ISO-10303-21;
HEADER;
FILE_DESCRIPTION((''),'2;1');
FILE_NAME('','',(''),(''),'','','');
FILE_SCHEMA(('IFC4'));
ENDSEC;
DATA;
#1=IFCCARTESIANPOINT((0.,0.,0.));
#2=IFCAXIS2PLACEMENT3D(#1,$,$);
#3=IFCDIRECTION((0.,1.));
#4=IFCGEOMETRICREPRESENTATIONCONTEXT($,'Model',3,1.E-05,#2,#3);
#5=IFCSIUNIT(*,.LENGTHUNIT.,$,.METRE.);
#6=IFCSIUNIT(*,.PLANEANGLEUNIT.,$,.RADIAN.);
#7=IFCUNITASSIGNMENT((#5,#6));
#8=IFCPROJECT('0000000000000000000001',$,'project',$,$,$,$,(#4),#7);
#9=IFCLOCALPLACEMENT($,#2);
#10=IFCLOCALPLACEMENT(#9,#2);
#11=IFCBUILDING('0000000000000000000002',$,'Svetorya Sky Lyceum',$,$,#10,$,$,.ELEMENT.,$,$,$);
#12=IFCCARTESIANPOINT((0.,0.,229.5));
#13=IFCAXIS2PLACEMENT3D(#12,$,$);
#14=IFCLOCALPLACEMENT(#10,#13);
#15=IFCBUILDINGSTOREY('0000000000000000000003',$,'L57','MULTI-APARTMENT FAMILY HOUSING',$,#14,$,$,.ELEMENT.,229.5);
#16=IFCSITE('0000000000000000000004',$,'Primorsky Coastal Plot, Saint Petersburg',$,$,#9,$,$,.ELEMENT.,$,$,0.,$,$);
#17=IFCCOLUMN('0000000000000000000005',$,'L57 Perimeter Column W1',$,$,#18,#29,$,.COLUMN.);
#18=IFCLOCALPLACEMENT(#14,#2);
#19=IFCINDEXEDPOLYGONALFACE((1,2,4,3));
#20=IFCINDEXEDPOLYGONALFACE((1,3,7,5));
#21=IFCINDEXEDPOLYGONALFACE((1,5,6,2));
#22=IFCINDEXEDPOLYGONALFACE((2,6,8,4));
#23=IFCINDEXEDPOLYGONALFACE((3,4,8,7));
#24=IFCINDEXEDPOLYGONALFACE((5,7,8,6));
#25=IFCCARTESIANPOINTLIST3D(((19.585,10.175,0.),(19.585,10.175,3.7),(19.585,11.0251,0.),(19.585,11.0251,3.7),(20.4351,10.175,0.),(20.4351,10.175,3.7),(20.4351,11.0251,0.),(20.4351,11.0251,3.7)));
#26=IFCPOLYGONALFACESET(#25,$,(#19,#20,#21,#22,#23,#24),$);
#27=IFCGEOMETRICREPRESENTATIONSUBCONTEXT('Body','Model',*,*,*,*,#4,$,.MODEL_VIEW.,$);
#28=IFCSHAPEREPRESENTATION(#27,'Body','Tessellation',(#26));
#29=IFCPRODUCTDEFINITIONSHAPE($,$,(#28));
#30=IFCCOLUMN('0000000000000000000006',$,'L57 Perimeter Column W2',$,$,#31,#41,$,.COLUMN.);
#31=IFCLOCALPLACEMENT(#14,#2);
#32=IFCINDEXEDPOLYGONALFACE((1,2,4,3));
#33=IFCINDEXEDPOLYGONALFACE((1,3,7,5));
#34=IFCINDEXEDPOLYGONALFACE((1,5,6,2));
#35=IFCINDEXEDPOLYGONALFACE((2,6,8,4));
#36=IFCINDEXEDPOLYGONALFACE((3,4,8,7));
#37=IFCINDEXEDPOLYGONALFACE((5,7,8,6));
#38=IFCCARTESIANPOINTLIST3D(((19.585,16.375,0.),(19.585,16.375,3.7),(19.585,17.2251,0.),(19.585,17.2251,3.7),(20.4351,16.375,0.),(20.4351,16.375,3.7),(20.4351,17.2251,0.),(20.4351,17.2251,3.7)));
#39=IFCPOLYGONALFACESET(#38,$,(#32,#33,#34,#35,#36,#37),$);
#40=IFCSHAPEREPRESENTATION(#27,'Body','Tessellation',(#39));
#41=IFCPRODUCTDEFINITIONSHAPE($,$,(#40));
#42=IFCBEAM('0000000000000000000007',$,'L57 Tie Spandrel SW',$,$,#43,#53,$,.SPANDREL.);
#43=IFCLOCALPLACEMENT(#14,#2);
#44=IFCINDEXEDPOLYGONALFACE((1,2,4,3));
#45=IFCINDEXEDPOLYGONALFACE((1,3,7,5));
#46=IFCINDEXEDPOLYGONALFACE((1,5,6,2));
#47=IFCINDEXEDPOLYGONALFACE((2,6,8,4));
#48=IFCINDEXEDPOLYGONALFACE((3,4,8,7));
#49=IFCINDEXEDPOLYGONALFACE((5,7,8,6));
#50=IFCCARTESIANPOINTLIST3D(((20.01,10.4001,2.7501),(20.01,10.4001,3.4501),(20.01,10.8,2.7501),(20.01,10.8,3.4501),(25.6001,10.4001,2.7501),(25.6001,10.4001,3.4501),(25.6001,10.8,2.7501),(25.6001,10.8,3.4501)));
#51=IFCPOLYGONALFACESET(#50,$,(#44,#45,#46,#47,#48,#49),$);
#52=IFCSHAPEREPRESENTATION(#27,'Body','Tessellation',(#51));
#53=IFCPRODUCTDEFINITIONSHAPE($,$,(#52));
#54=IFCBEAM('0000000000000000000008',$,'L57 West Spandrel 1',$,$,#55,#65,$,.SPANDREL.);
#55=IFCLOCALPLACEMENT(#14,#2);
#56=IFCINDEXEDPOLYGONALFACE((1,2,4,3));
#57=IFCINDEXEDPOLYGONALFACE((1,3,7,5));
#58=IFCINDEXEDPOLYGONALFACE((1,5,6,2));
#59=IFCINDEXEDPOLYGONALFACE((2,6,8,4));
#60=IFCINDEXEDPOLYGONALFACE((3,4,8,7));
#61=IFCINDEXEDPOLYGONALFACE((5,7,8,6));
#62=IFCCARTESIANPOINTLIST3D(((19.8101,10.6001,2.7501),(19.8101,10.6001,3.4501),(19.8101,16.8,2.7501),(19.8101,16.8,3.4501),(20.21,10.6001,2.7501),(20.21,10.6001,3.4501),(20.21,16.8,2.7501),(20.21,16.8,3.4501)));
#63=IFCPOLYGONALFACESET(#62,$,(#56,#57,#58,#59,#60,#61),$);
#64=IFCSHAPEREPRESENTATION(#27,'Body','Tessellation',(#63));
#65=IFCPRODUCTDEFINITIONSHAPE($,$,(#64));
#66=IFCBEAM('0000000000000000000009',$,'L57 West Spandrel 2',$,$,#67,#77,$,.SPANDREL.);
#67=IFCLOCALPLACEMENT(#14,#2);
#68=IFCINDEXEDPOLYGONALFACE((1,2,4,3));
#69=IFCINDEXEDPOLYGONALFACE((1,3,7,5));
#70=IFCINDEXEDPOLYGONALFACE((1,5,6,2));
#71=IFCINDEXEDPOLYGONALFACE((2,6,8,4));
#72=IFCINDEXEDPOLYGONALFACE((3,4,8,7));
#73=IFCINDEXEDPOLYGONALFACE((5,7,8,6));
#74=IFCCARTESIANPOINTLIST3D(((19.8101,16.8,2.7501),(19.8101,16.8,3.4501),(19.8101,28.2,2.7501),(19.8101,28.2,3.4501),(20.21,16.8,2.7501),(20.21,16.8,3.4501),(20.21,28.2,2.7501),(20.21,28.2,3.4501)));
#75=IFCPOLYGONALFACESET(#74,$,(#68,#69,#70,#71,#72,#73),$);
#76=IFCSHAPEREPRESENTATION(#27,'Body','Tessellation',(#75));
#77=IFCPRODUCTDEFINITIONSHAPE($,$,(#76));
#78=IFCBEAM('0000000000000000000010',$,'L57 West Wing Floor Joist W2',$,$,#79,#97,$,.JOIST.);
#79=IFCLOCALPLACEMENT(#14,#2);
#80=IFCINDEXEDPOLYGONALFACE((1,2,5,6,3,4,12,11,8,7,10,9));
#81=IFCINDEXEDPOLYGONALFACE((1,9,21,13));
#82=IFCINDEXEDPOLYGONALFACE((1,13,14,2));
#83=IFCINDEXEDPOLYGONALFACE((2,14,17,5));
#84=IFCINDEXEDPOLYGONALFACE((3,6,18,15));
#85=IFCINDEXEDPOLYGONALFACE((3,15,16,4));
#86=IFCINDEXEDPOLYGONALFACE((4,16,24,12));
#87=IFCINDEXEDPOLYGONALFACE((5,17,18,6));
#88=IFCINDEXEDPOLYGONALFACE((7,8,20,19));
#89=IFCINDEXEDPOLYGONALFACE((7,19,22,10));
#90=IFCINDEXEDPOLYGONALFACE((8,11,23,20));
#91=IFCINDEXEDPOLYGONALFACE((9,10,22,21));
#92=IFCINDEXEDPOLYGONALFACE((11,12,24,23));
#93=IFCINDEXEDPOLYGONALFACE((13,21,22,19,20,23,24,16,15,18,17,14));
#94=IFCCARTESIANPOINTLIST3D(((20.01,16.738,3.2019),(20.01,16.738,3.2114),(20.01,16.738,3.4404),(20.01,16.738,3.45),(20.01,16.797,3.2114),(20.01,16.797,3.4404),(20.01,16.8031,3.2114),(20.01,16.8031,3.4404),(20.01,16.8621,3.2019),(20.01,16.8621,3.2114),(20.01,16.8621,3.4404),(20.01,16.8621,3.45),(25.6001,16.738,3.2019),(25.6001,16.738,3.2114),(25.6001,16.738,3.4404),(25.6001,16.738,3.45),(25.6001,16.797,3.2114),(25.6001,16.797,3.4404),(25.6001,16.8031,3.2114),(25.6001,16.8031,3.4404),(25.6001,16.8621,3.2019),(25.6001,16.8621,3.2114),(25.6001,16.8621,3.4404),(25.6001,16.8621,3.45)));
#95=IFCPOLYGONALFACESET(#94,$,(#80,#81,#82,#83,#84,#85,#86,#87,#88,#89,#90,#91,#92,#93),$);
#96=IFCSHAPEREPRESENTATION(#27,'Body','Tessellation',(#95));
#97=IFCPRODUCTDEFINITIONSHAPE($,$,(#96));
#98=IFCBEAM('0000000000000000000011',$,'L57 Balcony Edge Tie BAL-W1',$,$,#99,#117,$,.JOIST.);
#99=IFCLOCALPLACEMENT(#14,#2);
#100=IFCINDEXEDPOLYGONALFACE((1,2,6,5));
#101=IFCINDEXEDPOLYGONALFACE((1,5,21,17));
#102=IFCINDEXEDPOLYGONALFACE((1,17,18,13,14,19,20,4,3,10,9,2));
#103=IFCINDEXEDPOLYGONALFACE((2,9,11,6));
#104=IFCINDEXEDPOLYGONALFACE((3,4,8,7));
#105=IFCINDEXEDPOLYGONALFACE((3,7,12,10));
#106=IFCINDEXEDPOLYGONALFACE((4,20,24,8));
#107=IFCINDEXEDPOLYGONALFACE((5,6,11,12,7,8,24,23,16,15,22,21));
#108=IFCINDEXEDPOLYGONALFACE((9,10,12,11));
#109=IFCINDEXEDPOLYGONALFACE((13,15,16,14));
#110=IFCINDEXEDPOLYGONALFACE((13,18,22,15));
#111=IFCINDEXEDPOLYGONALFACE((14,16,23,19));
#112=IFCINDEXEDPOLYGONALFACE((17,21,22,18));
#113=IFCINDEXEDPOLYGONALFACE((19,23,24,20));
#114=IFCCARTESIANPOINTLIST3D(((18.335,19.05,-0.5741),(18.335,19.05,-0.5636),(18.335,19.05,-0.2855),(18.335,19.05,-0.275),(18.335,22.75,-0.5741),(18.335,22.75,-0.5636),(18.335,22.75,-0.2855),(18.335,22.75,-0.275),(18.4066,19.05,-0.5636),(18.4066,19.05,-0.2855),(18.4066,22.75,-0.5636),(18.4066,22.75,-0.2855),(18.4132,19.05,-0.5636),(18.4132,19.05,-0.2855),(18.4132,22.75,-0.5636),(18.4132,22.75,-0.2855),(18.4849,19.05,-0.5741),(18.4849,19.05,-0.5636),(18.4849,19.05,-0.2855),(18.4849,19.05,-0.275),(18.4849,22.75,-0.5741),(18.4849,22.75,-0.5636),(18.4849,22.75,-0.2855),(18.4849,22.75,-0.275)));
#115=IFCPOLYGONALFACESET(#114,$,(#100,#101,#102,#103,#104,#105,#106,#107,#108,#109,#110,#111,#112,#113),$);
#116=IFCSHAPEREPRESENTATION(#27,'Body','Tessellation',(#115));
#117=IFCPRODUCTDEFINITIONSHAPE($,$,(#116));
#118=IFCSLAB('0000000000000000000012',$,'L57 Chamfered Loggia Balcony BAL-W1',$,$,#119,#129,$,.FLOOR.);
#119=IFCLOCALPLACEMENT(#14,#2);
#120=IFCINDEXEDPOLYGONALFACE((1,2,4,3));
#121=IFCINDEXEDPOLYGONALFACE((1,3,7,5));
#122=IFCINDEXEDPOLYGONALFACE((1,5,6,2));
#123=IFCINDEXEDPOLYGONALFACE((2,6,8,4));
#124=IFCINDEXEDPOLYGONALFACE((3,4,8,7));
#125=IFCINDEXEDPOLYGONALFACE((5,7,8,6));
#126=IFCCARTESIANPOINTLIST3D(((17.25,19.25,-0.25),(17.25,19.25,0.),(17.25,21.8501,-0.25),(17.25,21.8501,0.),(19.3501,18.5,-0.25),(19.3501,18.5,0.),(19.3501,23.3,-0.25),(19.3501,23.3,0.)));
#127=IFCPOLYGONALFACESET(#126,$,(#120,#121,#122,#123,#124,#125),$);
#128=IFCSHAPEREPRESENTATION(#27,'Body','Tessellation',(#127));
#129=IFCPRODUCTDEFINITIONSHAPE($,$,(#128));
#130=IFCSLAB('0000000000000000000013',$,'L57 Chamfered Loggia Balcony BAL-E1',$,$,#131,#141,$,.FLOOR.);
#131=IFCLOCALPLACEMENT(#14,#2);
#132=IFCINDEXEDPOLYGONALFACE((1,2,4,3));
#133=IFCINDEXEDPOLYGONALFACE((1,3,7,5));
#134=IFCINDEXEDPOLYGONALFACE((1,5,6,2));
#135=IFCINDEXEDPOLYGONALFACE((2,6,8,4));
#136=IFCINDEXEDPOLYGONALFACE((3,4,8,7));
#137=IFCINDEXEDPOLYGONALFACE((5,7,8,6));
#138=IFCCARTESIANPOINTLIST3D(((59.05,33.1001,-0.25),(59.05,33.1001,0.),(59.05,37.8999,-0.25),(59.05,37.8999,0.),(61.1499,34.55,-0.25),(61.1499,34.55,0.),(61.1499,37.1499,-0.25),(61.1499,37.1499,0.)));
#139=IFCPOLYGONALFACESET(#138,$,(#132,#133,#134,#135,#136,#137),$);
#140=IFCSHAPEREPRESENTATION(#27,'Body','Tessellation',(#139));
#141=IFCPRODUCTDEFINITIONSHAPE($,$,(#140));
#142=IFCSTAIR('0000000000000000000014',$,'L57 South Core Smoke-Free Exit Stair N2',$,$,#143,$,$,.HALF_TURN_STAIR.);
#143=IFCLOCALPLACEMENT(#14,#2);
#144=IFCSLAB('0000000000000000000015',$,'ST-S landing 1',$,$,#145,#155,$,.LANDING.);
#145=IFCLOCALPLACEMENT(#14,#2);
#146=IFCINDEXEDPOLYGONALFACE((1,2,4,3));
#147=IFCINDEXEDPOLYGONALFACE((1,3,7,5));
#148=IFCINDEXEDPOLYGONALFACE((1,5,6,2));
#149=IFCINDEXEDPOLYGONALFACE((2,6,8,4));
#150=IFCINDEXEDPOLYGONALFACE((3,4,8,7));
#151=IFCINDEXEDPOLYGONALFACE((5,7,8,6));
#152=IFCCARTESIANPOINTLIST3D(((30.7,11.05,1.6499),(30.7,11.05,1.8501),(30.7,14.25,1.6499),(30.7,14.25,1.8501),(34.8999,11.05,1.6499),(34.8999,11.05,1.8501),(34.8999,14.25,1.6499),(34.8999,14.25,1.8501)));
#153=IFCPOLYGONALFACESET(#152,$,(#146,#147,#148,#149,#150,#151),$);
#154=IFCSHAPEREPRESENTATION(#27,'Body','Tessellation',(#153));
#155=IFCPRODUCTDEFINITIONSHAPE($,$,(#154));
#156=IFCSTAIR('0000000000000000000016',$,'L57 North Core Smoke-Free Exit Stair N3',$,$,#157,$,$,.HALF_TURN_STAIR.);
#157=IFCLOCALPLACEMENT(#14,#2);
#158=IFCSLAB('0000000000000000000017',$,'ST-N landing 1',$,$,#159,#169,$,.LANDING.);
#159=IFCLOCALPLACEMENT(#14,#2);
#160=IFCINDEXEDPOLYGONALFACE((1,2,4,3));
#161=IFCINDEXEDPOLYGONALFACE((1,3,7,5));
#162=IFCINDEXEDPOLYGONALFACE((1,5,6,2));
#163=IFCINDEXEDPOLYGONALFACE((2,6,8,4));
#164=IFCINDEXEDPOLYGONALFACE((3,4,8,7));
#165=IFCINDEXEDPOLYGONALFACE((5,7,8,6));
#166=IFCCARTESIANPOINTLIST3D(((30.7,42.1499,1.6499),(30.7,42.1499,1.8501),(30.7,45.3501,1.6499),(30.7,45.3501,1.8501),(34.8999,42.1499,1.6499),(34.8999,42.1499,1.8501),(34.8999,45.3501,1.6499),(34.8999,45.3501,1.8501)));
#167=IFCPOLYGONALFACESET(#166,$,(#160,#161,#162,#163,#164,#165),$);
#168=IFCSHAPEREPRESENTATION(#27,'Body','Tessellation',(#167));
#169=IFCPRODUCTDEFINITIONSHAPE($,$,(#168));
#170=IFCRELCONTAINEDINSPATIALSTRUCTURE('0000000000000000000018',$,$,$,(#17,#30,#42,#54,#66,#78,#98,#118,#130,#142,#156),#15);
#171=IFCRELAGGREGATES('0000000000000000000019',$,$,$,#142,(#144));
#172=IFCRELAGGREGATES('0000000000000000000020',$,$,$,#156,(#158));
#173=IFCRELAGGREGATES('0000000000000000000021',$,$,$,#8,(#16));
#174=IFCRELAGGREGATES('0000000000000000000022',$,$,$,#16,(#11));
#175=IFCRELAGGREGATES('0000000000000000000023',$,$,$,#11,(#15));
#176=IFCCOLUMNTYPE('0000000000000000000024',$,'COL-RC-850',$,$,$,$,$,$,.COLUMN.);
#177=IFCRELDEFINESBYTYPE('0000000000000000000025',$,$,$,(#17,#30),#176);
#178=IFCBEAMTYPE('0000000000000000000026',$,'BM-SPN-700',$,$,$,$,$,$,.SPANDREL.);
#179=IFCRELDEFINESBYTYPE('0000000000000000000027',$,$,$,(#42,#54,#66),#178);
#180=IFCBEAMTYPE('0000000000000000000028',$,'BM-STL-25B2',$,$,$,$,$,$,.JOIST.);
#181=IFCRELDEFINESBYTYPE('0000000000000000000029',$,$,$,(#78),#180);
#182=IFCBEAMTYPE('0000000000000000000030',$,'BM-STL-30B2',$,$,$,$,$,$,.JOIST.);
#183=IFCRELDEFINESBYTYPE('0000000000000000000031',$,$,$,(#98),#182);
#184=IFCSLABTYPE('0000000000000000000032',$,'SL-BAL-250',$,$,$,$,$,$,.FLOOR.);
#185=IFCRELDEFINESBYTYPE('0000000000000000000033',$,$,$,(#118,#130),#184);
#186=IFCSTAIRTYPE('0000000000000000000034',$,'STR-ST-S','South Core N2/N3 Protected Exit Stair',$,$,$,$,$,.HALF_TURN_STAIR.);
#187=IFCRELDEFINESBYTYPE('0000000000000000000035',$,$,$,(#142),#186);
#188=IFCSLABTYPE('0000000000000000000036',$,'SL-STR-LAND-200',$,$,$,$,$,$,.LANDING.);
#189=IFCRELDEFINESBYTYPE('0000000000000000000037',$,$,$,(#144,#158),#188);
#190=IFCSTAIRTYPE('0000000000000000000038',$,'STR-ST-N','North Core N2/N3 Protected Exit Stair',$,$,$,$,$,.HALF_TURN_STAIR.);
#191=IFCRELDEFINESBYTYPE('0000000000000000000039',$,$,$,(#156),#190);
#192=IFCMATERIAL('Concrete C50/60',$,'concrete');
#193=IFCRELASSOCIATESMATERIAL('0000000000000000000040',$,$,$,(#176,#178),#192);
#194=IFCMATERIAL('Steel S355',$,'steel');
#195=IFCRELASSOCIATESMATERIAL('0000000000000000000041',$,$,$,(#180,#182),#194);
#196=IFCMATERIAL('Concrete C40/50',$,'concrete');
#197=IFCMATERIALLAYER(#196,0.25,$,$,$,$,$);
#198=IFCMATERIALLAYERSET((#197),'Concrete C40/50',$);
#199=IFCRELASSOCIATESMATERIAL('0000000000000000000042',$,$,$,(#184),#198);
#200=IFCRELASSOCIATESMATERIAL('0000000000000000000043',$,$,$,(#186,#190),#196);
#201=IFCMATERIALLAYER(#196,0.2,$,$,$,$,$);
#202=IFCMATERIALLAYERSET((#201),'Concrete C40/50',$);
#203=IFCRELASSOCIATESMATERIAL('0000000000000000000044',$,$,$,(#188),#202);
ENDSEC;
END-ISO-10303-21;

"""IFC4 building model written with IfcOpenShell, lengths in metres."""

from ifc_helpers import new_model, si_unit, direction, frame, origin, origin_2d, place, context, subcontext, project, spatial, polyline, rectangle, i_section, outline, extrude, material, layer, layer_set, material_profile, profile_set, type_object, element, aggregate, save


model = new_model("IFC4")

# Units and contexts
model_context = context("Model", 3, precision=1e-05, world=origin(), true_north=direction((0.0, 1.0)))
body_context = subcontext(model_context, "Body", "Model", "MODEL_VIEW")
ifc_project = project(units=[si_unit("LENGTHUNIT", "METRE"), si_unit("PLANEANGLEUNIT", "RADIAN")], contexts=[model_context])

# Site, building, storey
site_placement = place(None, origin())
site = spatial("IfcSite", under=ifc_project, at=site_placement, Name="Primorsky Coastal Plot, Saint Petersburg", CompositionType="ELEMENT", RefElevation=0.0)
building_placement = place(site_placement, origin())
building = spatial("IfcBuilding", under=site, at=building_placement, Name="Svetorya Sky Lyceum", CompositionType="ELEMENT")
storey_placement = place(building_placement, frame((0.0, 0.0, 229.5)))
storey = spatial("IfcBuildingStorey", under=building, at=storey_placement, Name="L57", Description="MULTI-APARTMENT FAMILY HOUSING", CompositionType="ELEMENT", Elevation=229.5)

# Columns
ifc_material_1 = material(Name="Concrete C50/60", Category="concrete")
ifc_material_profile_1 = material_profile(ifc_material_1, rectangle(XDim=0.8501, YDim=0.8501, at=origin_2d()), Name="RC COL 850x850")
ifc_profile_set_1 = profile_set([ifc_material_profile_1], Name="Concrete C50/60")
column_type = type_object("IfcColumnType", Name="COL-RC-850", PredefinedType="COLUMN", material=ifc_profile_set_1)
for number, where, z_axis, x_axis, name in (
    (1, (20.01, 10.6001, 0.0), (0.0, 0.0, 1.0), (1.0, 0.0, 0.0), "L57 Perimeter Column W1"),
    (2, (20.01, 16.8, 0.0), (0.0, 0.0, 1.0), (1.0, 0.0, 0.0), "L57 Perimeter Column W2"),
):
    element("IfcColumn", number, at=place(storey_placement, frame(where, z_axis=z_axis, x_axis=x_axis)), inside=storey, type_object=column_type, Name=name, PredefinedType="COLUMN", context=body_context, shape_type="SweptSolid", body=[
        extrude(rectangle(XDim=0.8501, YDim=0.8501, at=origin_2d()), origin(), (0.0, 0.0, 1.0), 3.7),
    ])

# Beams
ifc_material_profile_2 = material_profile(ifc_material_1, rectangle(XDim=0.3999, YDim=0.7, at=origin_2d()), Name="RC SPANDREL 400x700")
ifc_profile_set_2 = profile_set([ifc_material_profile_2], Name="Concrete C50/60")
beam_type_1 = type_object("IfcBeamType", Name="BM-SPN-700", PredefinedType="SPANDREL", material=ifc_profile_set_2)
beam_1_placement = place(storey_placement, frame((20.01, 10.6001, 3.1001), z_axis=(1.0, 0.0, 0.0), x_axis=(0.0, 1.0, 0.0)))
element("IfcBeam", 3, at=beam_1_placement, inside=storey, type_object=beam_type_1, Name="L57 Tie Spandrel SW", PredefinedType="SPANDREL", context=body_context, shape_type="SweptSolid", body=[
    extrude(rectangle(XDim=0.3999, YDim=0.7, at=origin_2d()), origin(), (0.0, 0.0, 1.0), 5.5901),
])
beam_2_placement = place(storey_placement, frame((20.01, 10.6001, 3.1001), z_axis=(0.0, 1.0, 0.0), x_axis=(-1.0, 0.0, 0.0)))
element("IfcBeam", 4, at=beam_2_placement, inside=storey, type_object=beam_type_1, Name="L57 West Spandrel 1", PredefinedType="SPANDREL", context=body_context, shape_type="SweptSolid", body=[
    extrude(rectangle(XDim=0.3999, YDim=0.7, at=origin_2d()), origin(), (0.0, 0.0, 1.0), 6.2),
])
beam_3_placement = place(storey_placement, frame((20.01, 16.8, 3.1001), z_axis=(0.0, 1.0, 0.0), x_axis=(-1.0, 0.0, 0.0)))
element("IfcBeam", 5, at=beam_3_placement, inside=storey, type_object=beam_type_1, Name="L57 West Spandrel 2", PredefinedType="SPANDREL", context=body_context, shape_type="SweptSolid", body=[
    extrude(rectangle(XDim=0.3999, YDim=0.7, at=origin_2d()), origin(), (0.0, 0.0, 1.0), 11.3999),
])
ifc_material_2 = material(Name="Steel S355", Category="steel")
ifc_material_profile_3 = material_profile(ifc_material_2, i_section(OverallWidth=0.124, OverallDepth=0.248, WebThickness=0.0061, FlangeThickness=0.0095, at=origin_2d()), Name="GOST 25B2")
ifc_profile_set_3 = profile_set([ifc_material_profile_3], Name="Steel S355")
beam_type_2 = type_object("IfcBeamType", Name="BM-STL-25B2", PredefinedType="JOIST", material=ifc_profile_set_3)
beam_4_placement = place(storey_placement, frame((20.01, 16.8, 3.3259), z_axis=(1.0, 0.0, 0.0), x_axis=(0.0, 1.0, 0.0)))
element("IfcBeam", 6, at=beam_4_placement, inside=storey, type_object=beam_type_2, Name="L57 West Wing Floor Joist W2", PredefinedType="JOIST", context=body_context, shape_type="SweptSolid", body=[
    extrude(i_section(OverallWidth=0.124, OverallDepth=0.248, WebThickness=0.0061, FlangeThickness=0.0095, at=origin_2d()), origin(), (0.0, 0.0, 1.0), 5.5901),
])
ifc_material_profile_4 = material_profile(ifc_material_2, i_section(OverallWidth=0.1499, OverallDepth=0.2991, WebThickness=0.0066, FlangeThickness=0.0105, at=origin_2d()), Name="GOST 30B2")
ifc_profile_set_4 = profile_set([ifc_material_profile_4], Name="Steel S355")
beam_type_3 = type_object("IfcBeamType", Name="BM-STL-30B2", PredefinedType="JOIST", material=ifc_profile_set_4)
beam_5_placement = place(storey_placement, frame((18.4099, 19.05, -0.4246), z_axis=(0.0, 1.0, 0.0), x_axis=(-1.0, 0.0, 0.0)))
element("IfcBeam", 7, at=beam_5_placement, inside=storey, type_object=beam_type_3, Name="L57 Balcony Edge Tie BAL-W1", PredefinedType="JOIST", context=body_context, shape_type="SweptSolid", body=[
    extrude(i_section(OverallWidth=0.1499, OverallDepth=0.2991, WebThickness=0.0066, FlangeThickness=0.0105, at=origin_2d()), origin(), (0.0, 0.0, 1.0), 3.7),
])

# Slabs
ifc_material_3 = material(Name="Concrete C40/50", Category="concrete")
ifc_layer_1 = layer(ifc_material_3, 0.25)
ifc_layer_set_1 = layer_set([ifc_layer_1], Name="Concrete C40/50")
slab_type_1 = type_object("IfcSlabType", Name="SL-BAL-250", PredefinedType="FLOOR", material=ifc_layer_set_1)
slab_1_placement = place(storey_placement, frame((0.0, 0.0, -0.25)))
element("IfcSlab", 8, at=slab_1_placement, inside=storey, type_object=slab_type_1, Name="L57 Chamfered Loggia Balcony BAL-W1", PredefinedType="FLOOR", context=body_context, shape_type="SweptSolid", body=[
    extrude(outline(polyline([(19.3501, 18.5), (19.3501, 23.3), (17.25, 21.8501), (17.25, 19.25), (19.3501, 18.5)])), origin(), (0.0, 0.0, 1.0), 0.25),
])
slab_2_placement = place(storey_placement, frame((0.0, 0.0, -0.25)))
element("IfcSlab", 9, at=slab_2_placement, inside=storey, type_object=slab_type_1, Name="L57 Chamfered Loggia Balcony BAL-E1", PredefinedType="FLOOR", context=body_context, shape_type="SweptSolid", body=[
    extrude(outline(polyline([(59.05, 33.1001), (61.1499, 34.55), (61.1499, 37.1499), (59.05, 37.8999), (59.05, 33.1001)])), origin(), (0.0, 0.0, 1.0), 0.25),
])

# Stairs, slabs
stair_type_1 = type_object("IfcStairType", Name="STR-ST-S", Description="South Core N2/N3 Protected Exit Stair", PredefinedType="HALF_TURN_STAIR", material=ifc_material_3)
stair_1_placement = place(storey_placement, origin())
stair_1 = element("IfcStair", 10, at=stair_1_placement, inside=storey, type_object=stair_type_1, Name="L57 South Core Smoke-Free Exit Stair N2", PredefinedType="HALF_TURN_STAIR")
ifc_layer_2 = layer(ifc_material_3, 0.2)
ifc_layer_set_2 = layer_set([ifc_layer_2], Name="Concrete C40/50")
slab_type_2 = type_object("IfcSlabType", Name="SL-STR-LAND-200", PredefinedType="LANDING", material=ifc_layer_set_2)
slab_3_placement = place(storey_placement, frame((0.0, 0.0, 1.6499)))
slab_3 = element("IfcSlab", 11, at=slab_3_placement, type_object=slab_type_2, Name="ST-S landing 1", PredefinedType="LANDING", context=body_context, shape_type="SweptSolid", body=[
    extrude(outline(polyline([(30.7, 11.05), (34.8999, 11.05), (34.8999, 14.25), (30.7, 14.25), (30.7, 11.05)])), origin(), (0.0, 0.0, 1.0), 0.2002),
])
aggregate(stair_1, [slab_3])
stair_type_2 = type_object("IfcStairType", Name="STR-ST-N", Description="North Core N2/N3 Protected Exit Stair", PredefinedType="HALF_TURN_STAIR", material=ifc_material_3)
stair_2_placement = place(storey_placement, origin())
stair_2 = element("IfcStair", 12, at=stair_2_placement, inside=storey, type_object=stair_type_2, Name="L57 North Core Smoke-Free Exit Stair N3", PredefinedType="HALF_TURN_STAIR")
slab_4_placement = place(storey_placement, frame((0.0, 0.0, 1.6499)))
slab_4 = element("IfcSlab", 13, at=slab_4_placement, type_object=slab_type_2, Name="ST-N landing 1", PredefinedType="LANDING", context=body_context, shape_type="SweptSolid", body=[
    extrude(outline(polyline([(30.7, 42.1499), (34.8999, 42.1499), (34.8999, 45.3501), (30.7, 45.3501), (30.7, 42.1499)])), origin(), (0.0, 0.0, 1.0), 0.2002),
])
aggregate(stair_2, [slab_4])

save(model, "model.ifc")
